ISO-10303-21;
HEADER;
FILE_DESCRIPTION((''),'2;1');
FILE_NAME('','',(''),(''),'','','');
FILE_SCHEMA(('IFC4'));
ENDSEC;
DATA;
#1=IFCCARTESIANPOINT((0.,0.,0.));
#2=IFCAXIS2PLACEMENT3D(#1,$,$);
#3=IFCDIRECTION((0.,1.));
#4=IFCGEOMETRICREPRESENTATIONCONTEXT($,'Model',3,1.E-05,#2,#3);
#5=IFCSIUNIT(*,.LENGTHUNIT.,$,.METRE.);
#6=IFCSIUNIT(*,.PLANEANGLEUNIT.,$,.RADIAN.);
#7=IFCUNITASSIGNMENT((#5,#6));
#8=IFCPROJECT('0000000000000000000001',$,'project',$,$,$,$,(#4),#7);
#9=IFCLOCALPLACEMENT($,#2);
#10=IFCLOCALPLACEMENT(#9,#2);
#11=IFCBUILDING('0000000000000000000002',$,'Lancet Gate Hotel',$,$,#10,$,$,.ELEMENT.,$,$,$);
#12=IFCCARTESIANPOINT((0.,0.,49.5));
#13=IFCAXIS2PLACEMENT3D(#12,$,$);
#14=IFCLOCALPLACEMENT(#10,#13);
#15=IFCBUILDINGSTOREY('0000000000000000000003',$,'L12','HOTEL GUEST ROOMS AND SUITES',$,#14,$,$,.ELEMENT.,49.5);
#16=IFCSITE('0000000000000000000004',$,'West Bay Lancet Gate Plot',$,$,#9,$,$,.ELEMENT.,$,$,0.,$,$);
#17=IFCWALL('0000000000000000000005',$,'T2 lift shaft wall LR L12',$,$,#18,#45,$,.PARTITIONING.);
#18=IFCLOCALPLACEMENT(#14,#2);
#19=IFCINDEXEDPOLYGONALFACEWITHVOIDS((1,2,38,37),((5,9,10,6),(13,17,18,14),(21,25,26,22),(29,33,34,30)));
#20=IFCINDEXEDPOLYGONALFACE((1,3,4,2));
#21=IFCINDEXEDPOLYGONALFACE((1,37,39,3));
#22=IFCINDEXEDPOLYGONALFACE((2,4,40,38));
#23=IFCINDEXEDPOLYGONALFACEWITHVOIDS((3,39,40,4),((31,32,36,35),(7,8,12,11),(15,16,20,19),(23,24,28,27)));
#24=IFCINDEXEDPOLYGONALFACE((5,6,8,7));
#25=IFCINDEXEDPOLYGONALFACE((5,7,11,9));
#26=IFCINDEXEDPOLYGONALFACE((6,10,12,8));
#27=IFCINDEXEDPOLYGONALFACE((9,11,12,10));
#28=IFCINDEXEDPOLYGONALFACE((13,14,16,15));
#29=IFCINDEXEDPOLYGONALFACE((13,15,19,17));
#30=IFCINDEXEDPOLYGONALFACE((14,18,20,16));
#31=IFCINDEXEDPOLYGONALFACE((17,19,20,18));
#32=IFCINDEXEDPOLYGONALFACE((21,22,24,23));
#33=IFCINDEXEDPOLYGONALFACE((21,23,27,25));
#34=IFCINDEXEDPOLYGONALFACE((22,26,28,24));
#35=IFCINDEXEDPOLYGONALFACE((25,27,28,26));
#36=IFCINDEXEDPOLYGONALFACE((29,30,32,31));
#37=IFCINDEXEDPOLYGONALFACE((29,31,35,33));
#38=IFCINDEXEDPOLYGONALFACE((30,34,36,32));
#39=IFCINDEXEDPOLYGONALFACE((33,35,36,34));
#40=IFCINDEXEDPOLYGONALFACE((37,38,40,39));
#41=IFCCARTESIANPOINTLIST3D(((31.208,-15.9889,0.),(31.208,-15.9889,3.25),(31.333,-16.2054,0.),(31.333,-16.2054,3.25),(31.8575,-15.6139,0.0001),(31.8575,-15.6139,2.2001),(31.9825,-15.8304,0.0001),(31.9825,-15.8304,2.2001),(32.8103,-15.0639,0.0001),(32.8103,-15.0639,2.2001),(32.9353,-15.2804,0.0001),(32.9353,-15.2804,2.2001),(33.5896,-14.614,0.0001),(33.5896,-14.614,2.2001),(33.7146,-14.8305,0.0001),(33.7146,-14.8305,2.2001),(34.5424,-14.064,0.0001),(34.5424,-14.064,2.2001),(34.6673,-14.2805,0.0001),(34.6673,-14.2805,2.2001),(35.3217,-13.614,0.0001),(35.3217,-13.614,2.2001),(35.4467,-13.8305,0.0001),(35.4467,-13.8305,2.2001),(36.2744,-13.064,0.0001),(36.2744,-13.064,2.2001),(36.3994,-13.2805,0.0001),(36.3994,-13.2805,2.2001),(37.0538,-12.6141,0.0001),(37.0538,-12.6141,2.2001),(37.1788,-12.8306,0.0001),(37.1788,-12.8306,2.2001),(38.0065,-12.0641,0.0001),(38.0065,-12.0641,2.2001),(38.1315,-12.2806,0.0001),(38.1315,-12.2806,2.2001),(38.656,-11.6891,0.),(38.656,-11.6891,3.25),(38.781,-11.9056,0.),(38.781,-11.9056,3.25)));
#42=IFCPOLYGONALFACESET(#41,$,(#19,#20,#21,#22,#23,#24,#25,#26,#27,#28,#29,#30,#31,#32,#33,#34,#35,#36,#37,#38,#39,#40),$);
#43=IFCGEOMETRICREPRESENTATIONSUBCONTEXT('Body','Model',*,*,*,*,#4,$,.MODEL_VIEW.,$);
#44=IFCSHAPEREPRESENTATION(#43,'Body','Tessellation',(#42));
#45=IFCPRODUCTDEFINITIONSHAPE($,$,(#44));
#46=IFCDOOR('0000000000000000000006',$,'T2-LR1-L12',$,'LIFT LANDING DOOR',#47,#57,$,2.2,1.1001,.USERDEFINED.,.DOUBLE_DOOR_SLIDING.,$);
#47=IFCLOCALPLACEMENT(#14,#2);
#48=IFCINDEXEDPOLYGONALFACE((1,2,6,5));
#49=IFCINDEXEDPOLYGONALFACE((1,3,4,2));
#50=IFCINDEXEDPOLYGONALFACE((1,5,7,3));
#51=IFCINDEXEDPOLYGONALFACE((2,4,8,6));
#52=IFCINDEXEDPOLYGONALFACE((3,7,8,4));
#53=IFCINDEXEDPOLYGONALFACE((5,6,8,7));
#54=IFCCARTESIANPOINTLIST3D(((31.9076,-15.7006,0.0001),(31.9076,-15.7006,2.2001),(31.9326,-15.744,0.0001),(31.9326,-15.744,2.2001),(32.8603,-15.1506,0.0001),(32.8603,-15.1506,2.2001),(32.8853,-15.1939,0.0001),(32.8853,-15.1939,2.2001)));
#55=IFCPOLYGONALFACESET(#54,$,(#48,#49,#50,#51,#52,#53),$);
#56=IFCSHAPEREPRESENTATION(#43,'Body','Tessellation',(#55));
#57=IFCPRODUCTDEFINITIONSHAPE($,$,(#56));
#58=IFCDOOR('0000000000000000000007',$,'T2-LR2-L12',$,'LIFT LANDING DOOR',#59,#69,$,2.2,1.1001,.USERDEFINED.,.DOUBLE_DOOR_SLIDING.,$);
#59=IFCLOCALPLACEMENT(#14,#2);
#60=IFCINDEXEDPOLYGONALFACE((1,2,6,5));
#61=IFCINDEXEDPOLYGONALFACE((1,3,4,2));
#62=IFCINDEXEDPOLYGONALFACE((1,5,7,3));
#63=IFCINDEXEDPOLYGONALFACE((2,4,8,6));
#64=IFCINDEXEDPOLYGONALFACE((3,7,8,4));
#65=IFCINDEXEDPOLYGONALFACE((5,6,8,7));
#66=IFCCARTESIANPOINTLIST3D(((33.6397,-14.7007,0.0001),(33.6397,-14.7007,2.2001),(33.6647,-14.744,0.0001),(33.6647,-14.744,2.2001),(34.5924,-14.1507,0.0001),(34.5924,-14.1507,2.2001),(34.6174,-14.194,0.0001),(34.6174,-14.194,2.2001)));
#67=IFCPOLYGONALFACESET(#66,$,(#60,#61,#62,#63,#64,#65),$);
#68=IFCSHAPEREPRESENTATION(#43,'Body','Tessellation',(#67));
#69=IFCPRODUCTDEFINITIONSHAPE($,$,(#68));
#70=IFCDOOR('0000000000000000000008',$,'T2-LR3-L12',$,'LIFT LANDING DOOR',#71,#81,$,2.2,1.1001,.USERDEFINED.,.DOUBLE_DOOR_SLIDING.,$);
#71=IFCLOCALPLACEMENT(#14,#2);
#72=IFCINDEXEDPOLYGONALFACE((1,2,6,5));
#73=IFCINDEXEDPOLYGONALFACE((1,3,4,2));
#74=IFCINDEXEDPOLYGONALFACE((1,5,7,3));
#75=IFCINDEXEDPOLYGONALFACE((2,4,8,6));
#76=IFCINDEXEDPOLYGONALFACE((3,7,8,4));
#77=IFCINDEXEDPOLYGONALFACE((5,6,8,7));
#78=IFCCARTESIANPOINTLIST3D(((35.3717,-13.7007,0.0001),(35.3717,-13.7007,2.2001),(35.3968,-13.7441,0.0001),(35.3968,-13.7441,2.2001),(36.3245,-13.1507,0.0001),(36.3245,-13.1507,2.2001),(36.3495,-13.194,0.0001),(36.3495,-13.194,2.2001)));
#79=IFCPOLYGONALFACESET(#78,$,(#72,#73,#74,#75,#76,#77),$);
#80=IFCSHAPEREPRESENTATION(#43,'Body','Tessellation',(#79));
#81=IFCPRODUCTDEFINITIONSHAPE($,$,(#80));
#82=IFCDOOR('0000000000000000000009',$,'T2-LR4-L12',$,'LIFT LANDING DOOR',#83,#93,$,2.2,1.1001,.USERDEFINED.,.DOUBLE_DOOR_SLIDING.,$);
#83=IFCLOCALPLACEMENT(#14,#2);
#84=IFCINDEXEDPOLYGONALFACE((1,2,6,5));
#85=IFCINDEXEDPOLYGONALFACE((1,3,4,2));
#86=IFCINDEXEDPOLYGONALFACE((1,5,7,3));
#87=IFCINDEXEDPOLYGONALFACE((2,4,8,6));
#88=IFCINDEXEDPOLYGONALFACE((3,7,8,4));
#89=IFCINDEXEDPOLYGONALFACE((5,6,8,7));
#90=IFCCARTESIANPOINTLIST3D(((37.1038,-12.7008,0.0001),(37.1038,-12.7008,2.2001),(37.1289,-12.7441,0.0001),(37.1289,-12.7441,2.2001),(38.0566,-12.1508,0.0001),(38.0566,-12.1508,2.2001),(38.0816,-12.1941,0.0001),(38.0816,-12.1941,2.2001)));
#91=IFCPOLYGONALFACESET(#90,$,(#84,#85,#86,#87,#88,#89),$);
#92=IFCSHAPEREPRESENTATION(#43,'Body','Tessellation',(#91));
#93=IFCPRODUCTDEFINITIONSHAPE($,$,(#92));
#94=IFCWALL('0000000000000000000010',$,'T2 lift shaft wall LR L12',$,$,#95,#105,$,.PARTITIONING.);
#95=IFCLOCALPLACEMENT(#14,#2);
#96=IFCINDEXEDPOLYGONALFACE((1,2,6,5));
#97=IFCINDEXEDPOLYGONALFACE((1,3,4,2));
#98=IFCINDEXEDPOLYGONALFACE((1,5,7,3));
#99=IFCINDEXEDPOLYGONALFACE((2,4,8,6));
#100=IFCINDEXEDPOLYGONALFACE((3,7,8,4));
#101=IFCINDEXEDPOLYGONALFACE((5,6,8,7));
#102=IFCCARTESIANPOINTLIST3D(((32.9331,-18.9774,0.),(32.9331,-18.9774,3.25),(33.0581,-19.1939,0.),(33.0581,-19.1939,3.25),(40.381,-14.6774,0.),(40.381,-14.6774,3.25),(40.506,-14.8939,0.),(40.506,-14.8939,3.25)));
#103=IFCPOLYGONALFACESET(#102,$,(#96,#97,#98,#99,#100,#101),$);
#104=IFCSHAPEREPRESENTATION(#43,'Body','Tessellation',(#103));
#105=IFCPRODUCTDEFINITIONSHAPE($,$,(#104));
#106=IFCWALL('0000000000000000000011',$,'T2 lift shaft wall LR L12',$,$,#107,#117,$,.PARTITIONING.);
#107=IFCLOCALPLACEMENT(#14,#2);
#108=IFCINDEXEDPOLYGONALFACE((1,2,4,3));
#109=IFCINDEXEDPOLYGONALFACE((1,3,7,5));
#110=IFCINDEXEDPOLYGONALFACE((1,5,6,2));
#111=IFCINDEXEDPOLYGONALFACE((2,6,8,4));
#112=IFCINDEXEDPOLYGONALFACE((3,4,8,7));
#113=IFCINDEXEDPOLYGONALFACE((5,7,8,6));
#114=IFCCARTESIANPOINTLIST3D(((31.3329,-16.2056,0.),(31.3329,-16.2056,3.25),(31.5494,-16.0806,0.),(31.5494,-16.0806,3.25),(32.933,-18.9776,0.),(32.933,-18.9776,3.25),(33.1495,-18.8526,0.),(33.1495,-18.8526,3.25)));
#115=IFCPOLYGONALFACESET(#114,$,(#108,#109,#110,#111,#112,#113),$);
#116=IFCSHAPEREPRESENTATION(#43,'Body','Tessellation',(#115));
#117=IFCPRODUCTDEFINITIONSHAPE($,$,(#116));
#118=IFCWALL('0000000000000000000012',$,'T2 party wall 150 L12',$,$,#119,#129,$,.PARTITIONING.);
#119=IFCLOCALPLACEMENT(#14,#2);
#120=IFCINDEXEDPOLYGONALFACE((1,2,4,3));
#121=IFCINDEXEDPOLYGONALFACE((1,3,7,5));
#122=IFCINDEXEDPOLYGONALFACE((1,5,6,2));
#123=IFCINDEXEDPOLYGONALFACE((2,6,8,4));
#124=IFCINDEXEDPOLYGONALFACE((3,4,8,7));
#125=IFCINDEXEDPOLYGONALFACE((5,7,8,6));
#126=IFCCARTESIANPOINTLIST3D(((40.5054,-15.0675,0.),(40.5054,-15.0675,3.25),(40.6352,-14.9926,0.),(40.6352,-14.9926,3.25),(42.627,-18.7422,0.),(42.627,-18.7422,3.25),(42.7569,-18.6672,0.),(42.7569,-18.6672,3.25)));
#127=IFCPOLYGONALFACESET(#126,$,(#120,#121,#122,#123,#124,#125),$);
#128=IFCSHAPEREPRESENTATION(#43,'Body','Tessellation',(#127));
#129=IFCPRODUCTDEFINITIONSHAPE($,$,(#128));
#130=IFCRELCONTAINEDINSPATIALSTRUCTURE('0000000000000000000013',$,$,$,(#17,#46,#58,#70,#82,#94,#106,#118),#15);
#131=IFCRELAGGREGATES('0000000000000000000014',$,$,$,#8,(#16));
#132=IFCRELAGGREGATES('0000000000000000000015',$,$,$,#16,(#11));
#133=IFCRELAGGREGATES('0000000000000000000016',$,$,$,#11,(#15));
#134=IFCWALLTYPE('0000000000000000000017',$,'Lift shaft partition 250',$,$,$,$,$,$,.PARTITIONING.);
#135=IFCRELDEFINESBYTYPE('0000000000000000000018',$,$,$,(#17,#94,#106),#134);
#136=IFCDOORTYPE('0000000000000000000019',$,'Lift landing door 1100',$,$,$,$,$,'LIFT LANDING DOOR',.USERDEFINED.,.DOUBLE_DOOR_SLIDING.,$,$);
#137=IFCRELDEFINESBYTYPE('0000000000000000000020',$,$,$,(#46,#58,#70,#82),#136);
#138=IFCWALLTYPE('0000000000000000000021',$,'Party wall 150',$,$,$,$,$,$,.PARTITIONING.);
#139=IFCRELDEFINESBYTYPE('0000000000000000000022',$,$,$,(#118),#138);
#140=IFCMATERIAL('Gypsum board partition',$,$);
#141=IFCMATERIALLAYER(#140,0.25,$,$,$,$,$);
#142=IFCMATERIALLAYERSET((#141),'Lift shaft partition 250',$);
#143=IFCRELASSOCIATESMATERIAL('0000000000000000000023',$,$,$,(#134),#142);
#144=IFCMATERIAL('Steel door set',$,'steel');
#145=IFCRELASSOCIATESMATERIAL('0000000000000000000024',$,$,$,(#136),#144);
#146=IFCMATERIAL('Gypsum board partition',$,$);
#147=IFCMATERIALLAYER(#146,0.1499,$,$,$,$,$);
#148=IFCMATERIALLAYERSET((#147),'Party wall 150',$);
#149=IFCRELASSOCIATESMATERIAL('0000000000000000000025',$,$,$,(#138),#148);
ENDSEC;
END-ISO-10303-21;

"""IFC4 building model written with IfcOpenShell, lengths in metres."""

from ifc_helpers import new_model, si_unit, direction, frame, frame_2d, origin, place, context, subcontext, project, spatial, rectangle, extrude, material, layer, layer_set, type_object, element, fill, save


model = new_model("IFC4")

# Units and contexts
model_context = context("Model", 3, precision=1e-05, world=origin(), true_north=direction((0.0, 1.0)))
body_context = subcontext(model_context, "Body", "Model", "MODEL_VIEW")
ifc_project = project(units=[si_unit("LENGTHUNIT", "METRE"), si_unit("PLANEANGLEUNIT", "RADIAN")], contexts=[model_context])

# Site, building, storey
site_placement = place(None, origin())
site = spatial("IfcSite", under=ifc_project, at=site_placement, Name="West Bay Lancet Gate Plot", CompositionType="ELEMENT", RefElevation=0.0)
building_placement = place(site_placement, origin())
building = spatial("IfcBuilding", under=site, at=building_placement, Name="Lancet Gate Hotel", CompositionType="ELEMENT")
storey_placement = place(building_placement, frame((0.0, 0.0, 49.5)))
storey = spatial("IfcBuildingStorey", under=building, at=storey_placement, Name="L12", Description="HOTEL GUEST ROOMS AND SUITES", CompositionType="ELEMENT", Elevation=49.5)

# Wall, openings, doors
ifc_material_1 = material(Name="Gypsum board partition")
ifc_layer_1 = layer(ifc_material_1, 0.25)
ifc_layer_set_1 = layer_set([ifc_layer_1], Name="Lift shaft partition 250")
wall_type_1 = type_object("IfcWallType", Name="Lift shaft partition 250", PredefinedType="PARTITIONING", material=ifc_layer_set_1)
wall_1_placement = place(storey_placement, frame((31.2705, -16.0972, 0.0), z_axis=(0.0, 0.0, 1.0), x_axis=(0.86604, 0.499974, 0.0)))
wall_1 = element("IfcWall", 1, at=wall_1_placement, inside=storey, type_object=wall_type_1, Name="T2 lift shaft wall LR L12", PredefinedType="PARTITIONING", context=body_context, shape_type="SweptSolid", body=[
    extrude(rectangle(XDim=8.6001, YDim=0.25, at=frame_2d((4.3, 0.0))), origin(), (0.0, 0.0, 1.0), 3.25),
])
opening_1_placement = place(wall_1_placement, frame((0.75, 0.0, 0.0)))
opening_1 = element("IfcOpeningElement", 2, at=opening_1_placement, cuts=wall_1, PredefinedType="OPENING", context=body_context, shape_type="SweptSolid", body=[
    extrude(rectangle(XDim=1.1001, YDim=2.2, at=frame_2d((0.55, 1.1001))), frame((0.0, 0.135, 0.0), z_axis=(0.0, -1.0, 0.0), x_axis=(1.0, 0.0, 0.0)), (0.0, 0.0, 1.0), 0.27),
])
opening_2_placement = place(wall_1_placement, frame((2.75, 0.0, 0.0)))
opening_2 = element("IfcOpeningElement", 3, at=opening_2_placement, cuts=wall_1, PredefinedType="OPENING", context=body_context, shape_type="SweptSolid", body=[
    extrude(rectangle(XDim=1.1001, YDim=2.2, at=frame_2d((0.55, 1.1001))), frame((0.0, 0.135, 0.0), z_axis=(0.0, -1.0, 0.0), x_axis=(1.0, 0.0, 0.0)), (0.0, 0.0, 1.0), 0.27),
])
opening_3_placement = place(wall_1_placement, frame((4.75, 0.0, 0.0)))
opening_3 = element("IfcOpeningElement", 4, at=opening_3_placement, cuts=wall_1, PredefinedType="OPENING", context=body_context, shape_type="SweptSolid", body=[
    extrude(rectangle(XDim=1.1001, YDim=2.2, at=frame_2d((0.55, 1.1001))), frame((0.0, 0.135, 0.0), z_axis=(0.0, -1.0, 0.0), x_axis=(1.0, 0.0, 0.0)), (0.0, 0.0, 1.0), 0.27),
])
opening_4_placement = place(wall_1_placement, frame((6.75, 0.0, 0.0)))
opening_4 = element("IfcOpeningElement", 5, at=opening_4_placement, cuts=wall_1, PredefinedType="OPENING", context=body_context, shape_type="SweptSolid", body=[
    extrude(rectangle(XDim=1.1001, YDim=2.2, at=frame_2d((0.55, 1.1001))), frame((0.0, 0.135, 0.0), z_axis=(0.0, -1.0, 0.0), x_axis=(1.0, 0.0, 0.0)), (0.0, 0.0, 1.0), 0.27),
])
ifc_material_2 = material(Name="Steel door set", Category="steel")
door_type = type_object("IfcDoorType", Name="Lift landing door 1100", ElementType="LIFT LANDING DOOR", OperationType="DOUBLE_DOOR_SLIDING", PredefinedType="USERDEFINED", material=ifc_material_2)
door_1_placement = place(opening_1_placement, origin())
door_1 = element("IfcDoor", 6, at=door_1_placement, inside=storey, type_object=door_type, Name="T2-LR1-L12", ObjectType="LIFT LANDING DOOR", OperationType="DOUBLE_DOOR_SLIDING", OverallHeight=2.2, OverallWidth=1.1001, PredefinedType="USERDEFINED", context=body_context, shape_type="SweptSolid", body=[
    extrude(rectangle(XDim=1.1001, YDim=2.2, at=frame_2d((0.55, 1.1001))), frame((0.0, 0.0249, 0.0), z_axis=(0.0, -1.0, 0.0), x_axis=(1.0, 0.0, 0.0)), (0.0, 0.0, 1.0), 0.05),
])
fill(opening_1, door_1)
door_2_placement = place(opening_2_placement, origin())
door_2 = element("IfcDoor", 7, at=door_2_placement, inside=storey, type_object=door_type, Name="T2-LR2-L12", ObjectType="LIFT LANDING DOOR", OperationType="DOUBLE_DOOR_SLIDING", OverallHeight=2.2, OverallWidth=1.1001, PredefinedType="USERDEFINED", context=body_context, shape_type="SweptSolid", body=[
    extrude(rectangle(XDim=1.1001, YDim=2.2, at=frame_2d((0.55, 1.1001))), frame((0.0, 0.0249, 0.0), z_axis=(0.0, -1.0, 0.0), x_axis=(1.0, 0.0, 0.0)), (0.0, 0.0, 1.0), 0.05),
])
fill(opening_2, door_2)
door_3_placement = place(opening_3_placement, origin())
door_3 = element("IfcDoor", 8, at=door_3_placement, inside=storey, type_object=door_type, Name="T2-LR3-L12", ObjectType="LIFT LANDING DOOR", OperationType="DOUBLE_DOOR_SLIDING", OverallHeight=2.2, OverallWidth=1.1001, PredefinedType="USERDEFINED", context=body_context, shape_type="SweptSolid", body=[
    extrude(rectangle(XDim=1.1001, YDim=2.2, at=frame_2d((0.55, 1.1001))), frame((0.0, 0.0249, 0.0), z_axis=(0.0, -1.0, 0.0), x_axis=(1.0, 0.0, 0.0)), (0.0, 0.0, 1.0), 0.05),
])
fill(opening_3, door_3)
door_4_placement = place(opening_4_placement, origin())
door_4 = element("IfcDoor", 9, at=door_4_placement, inside=storey, type_object=door_type, Name="T2-LR4-L12", ObjectType="LIFT LANDING DOOR", OperationType="DOUBLE_DOOR_SLIDING", OverallHeight=2.2, OverallWidth=1.1001, PredefinedType="USERDEFINED", context=body_context, shape_type="SweptSolid", body=[
    extrude(rectangle(XDim=1.1001, YDim=2.2, at=frame_2d((0.55, 1.1001))), frame((0.0, 0.0249, 0.0), z_axis=(0.0, -1.0, 0.0), x_axis=(1.0, 0.0, 0.0)), (0.0, 0.0, 1.0), 0.05),
])
fill(opening_4, door_4)

# Walls
wall_2_placement = place(storey_placement, frame((32.9956, -19.0857, 0.0), z_axis=(0.0, 0.0, 1.0), x_axis=(0.866028, 0.499995, 0.0)))
element("IfcWall", 10, at=wall_2_placement, inside=storey, type_object=wall_type_1, Name="T2 lift shaft wall LR L12", PredefinedType="PARTITIONING", context=body_context, shape_type="SweptSolid", body=[
    extrude(rectangle(XDim=8.6001, YDim=0.25, at=frame_2d((4.3, 0.0))), origin(), (0.0, 0.0, 1.0), 3.25),
])
wall_3_placement = place(storey_placement, frame((31.4412, -16.1431, 0.0), z_axis=(0.0, 0.0, 1.0), x_axis=(0.499929, -0.866066, 0.0)))
element("IfcWall", 11, at=wall_3_placement, inside=storey, type_object=wall_type_1, Name="T2 lift shaft wall LR L12", PredefinedType="PARTITIONING", context=body_context, shape_type="SweptSolid", body=[
    extrude(rectangle(XDim=3.2007, YDim=0.25, at=frame_2d((1.6003, 0.0))), origin(), (0.0, 0.0, 1.0), 3.25),
])
ifc_material_3 = material(Name="Gypsum board partition")
ifc_layer_2 = layer(ifc_material_3, 0.1499)
ifc_layer_set_2 = layer_set([ifc_layer_2], Name="Party wall 150")
wall_type_2 = type_object("IfcWallType", Name="Party wall 150", PredefinedType="PARTITIONING", material=ifc_layer_set_2)
wall_4_placement = place(storey_placement, frame((40.5703, -15.03, 0.0), z_axis=(0.0, 0.0, 1.0), x_axis=(0.500013, -0.866018, 0.0)))
element("IfcWall", 12, at=wall_4_placement, inside=storey, type_object=wall_type_2, Name="T2 party wall 150 L12", PredefinedType="PARTITIONING", context=body_context, shape_type="SweptSolid", body=[
    extrude(rectangle(XDim=4.2432, YDim=0.1499, at=frame_2d((2.1216, 0.0))), origin(), (0.0, 0.0, 1.0), 3.25),
])

save(model, "model.ifc")
